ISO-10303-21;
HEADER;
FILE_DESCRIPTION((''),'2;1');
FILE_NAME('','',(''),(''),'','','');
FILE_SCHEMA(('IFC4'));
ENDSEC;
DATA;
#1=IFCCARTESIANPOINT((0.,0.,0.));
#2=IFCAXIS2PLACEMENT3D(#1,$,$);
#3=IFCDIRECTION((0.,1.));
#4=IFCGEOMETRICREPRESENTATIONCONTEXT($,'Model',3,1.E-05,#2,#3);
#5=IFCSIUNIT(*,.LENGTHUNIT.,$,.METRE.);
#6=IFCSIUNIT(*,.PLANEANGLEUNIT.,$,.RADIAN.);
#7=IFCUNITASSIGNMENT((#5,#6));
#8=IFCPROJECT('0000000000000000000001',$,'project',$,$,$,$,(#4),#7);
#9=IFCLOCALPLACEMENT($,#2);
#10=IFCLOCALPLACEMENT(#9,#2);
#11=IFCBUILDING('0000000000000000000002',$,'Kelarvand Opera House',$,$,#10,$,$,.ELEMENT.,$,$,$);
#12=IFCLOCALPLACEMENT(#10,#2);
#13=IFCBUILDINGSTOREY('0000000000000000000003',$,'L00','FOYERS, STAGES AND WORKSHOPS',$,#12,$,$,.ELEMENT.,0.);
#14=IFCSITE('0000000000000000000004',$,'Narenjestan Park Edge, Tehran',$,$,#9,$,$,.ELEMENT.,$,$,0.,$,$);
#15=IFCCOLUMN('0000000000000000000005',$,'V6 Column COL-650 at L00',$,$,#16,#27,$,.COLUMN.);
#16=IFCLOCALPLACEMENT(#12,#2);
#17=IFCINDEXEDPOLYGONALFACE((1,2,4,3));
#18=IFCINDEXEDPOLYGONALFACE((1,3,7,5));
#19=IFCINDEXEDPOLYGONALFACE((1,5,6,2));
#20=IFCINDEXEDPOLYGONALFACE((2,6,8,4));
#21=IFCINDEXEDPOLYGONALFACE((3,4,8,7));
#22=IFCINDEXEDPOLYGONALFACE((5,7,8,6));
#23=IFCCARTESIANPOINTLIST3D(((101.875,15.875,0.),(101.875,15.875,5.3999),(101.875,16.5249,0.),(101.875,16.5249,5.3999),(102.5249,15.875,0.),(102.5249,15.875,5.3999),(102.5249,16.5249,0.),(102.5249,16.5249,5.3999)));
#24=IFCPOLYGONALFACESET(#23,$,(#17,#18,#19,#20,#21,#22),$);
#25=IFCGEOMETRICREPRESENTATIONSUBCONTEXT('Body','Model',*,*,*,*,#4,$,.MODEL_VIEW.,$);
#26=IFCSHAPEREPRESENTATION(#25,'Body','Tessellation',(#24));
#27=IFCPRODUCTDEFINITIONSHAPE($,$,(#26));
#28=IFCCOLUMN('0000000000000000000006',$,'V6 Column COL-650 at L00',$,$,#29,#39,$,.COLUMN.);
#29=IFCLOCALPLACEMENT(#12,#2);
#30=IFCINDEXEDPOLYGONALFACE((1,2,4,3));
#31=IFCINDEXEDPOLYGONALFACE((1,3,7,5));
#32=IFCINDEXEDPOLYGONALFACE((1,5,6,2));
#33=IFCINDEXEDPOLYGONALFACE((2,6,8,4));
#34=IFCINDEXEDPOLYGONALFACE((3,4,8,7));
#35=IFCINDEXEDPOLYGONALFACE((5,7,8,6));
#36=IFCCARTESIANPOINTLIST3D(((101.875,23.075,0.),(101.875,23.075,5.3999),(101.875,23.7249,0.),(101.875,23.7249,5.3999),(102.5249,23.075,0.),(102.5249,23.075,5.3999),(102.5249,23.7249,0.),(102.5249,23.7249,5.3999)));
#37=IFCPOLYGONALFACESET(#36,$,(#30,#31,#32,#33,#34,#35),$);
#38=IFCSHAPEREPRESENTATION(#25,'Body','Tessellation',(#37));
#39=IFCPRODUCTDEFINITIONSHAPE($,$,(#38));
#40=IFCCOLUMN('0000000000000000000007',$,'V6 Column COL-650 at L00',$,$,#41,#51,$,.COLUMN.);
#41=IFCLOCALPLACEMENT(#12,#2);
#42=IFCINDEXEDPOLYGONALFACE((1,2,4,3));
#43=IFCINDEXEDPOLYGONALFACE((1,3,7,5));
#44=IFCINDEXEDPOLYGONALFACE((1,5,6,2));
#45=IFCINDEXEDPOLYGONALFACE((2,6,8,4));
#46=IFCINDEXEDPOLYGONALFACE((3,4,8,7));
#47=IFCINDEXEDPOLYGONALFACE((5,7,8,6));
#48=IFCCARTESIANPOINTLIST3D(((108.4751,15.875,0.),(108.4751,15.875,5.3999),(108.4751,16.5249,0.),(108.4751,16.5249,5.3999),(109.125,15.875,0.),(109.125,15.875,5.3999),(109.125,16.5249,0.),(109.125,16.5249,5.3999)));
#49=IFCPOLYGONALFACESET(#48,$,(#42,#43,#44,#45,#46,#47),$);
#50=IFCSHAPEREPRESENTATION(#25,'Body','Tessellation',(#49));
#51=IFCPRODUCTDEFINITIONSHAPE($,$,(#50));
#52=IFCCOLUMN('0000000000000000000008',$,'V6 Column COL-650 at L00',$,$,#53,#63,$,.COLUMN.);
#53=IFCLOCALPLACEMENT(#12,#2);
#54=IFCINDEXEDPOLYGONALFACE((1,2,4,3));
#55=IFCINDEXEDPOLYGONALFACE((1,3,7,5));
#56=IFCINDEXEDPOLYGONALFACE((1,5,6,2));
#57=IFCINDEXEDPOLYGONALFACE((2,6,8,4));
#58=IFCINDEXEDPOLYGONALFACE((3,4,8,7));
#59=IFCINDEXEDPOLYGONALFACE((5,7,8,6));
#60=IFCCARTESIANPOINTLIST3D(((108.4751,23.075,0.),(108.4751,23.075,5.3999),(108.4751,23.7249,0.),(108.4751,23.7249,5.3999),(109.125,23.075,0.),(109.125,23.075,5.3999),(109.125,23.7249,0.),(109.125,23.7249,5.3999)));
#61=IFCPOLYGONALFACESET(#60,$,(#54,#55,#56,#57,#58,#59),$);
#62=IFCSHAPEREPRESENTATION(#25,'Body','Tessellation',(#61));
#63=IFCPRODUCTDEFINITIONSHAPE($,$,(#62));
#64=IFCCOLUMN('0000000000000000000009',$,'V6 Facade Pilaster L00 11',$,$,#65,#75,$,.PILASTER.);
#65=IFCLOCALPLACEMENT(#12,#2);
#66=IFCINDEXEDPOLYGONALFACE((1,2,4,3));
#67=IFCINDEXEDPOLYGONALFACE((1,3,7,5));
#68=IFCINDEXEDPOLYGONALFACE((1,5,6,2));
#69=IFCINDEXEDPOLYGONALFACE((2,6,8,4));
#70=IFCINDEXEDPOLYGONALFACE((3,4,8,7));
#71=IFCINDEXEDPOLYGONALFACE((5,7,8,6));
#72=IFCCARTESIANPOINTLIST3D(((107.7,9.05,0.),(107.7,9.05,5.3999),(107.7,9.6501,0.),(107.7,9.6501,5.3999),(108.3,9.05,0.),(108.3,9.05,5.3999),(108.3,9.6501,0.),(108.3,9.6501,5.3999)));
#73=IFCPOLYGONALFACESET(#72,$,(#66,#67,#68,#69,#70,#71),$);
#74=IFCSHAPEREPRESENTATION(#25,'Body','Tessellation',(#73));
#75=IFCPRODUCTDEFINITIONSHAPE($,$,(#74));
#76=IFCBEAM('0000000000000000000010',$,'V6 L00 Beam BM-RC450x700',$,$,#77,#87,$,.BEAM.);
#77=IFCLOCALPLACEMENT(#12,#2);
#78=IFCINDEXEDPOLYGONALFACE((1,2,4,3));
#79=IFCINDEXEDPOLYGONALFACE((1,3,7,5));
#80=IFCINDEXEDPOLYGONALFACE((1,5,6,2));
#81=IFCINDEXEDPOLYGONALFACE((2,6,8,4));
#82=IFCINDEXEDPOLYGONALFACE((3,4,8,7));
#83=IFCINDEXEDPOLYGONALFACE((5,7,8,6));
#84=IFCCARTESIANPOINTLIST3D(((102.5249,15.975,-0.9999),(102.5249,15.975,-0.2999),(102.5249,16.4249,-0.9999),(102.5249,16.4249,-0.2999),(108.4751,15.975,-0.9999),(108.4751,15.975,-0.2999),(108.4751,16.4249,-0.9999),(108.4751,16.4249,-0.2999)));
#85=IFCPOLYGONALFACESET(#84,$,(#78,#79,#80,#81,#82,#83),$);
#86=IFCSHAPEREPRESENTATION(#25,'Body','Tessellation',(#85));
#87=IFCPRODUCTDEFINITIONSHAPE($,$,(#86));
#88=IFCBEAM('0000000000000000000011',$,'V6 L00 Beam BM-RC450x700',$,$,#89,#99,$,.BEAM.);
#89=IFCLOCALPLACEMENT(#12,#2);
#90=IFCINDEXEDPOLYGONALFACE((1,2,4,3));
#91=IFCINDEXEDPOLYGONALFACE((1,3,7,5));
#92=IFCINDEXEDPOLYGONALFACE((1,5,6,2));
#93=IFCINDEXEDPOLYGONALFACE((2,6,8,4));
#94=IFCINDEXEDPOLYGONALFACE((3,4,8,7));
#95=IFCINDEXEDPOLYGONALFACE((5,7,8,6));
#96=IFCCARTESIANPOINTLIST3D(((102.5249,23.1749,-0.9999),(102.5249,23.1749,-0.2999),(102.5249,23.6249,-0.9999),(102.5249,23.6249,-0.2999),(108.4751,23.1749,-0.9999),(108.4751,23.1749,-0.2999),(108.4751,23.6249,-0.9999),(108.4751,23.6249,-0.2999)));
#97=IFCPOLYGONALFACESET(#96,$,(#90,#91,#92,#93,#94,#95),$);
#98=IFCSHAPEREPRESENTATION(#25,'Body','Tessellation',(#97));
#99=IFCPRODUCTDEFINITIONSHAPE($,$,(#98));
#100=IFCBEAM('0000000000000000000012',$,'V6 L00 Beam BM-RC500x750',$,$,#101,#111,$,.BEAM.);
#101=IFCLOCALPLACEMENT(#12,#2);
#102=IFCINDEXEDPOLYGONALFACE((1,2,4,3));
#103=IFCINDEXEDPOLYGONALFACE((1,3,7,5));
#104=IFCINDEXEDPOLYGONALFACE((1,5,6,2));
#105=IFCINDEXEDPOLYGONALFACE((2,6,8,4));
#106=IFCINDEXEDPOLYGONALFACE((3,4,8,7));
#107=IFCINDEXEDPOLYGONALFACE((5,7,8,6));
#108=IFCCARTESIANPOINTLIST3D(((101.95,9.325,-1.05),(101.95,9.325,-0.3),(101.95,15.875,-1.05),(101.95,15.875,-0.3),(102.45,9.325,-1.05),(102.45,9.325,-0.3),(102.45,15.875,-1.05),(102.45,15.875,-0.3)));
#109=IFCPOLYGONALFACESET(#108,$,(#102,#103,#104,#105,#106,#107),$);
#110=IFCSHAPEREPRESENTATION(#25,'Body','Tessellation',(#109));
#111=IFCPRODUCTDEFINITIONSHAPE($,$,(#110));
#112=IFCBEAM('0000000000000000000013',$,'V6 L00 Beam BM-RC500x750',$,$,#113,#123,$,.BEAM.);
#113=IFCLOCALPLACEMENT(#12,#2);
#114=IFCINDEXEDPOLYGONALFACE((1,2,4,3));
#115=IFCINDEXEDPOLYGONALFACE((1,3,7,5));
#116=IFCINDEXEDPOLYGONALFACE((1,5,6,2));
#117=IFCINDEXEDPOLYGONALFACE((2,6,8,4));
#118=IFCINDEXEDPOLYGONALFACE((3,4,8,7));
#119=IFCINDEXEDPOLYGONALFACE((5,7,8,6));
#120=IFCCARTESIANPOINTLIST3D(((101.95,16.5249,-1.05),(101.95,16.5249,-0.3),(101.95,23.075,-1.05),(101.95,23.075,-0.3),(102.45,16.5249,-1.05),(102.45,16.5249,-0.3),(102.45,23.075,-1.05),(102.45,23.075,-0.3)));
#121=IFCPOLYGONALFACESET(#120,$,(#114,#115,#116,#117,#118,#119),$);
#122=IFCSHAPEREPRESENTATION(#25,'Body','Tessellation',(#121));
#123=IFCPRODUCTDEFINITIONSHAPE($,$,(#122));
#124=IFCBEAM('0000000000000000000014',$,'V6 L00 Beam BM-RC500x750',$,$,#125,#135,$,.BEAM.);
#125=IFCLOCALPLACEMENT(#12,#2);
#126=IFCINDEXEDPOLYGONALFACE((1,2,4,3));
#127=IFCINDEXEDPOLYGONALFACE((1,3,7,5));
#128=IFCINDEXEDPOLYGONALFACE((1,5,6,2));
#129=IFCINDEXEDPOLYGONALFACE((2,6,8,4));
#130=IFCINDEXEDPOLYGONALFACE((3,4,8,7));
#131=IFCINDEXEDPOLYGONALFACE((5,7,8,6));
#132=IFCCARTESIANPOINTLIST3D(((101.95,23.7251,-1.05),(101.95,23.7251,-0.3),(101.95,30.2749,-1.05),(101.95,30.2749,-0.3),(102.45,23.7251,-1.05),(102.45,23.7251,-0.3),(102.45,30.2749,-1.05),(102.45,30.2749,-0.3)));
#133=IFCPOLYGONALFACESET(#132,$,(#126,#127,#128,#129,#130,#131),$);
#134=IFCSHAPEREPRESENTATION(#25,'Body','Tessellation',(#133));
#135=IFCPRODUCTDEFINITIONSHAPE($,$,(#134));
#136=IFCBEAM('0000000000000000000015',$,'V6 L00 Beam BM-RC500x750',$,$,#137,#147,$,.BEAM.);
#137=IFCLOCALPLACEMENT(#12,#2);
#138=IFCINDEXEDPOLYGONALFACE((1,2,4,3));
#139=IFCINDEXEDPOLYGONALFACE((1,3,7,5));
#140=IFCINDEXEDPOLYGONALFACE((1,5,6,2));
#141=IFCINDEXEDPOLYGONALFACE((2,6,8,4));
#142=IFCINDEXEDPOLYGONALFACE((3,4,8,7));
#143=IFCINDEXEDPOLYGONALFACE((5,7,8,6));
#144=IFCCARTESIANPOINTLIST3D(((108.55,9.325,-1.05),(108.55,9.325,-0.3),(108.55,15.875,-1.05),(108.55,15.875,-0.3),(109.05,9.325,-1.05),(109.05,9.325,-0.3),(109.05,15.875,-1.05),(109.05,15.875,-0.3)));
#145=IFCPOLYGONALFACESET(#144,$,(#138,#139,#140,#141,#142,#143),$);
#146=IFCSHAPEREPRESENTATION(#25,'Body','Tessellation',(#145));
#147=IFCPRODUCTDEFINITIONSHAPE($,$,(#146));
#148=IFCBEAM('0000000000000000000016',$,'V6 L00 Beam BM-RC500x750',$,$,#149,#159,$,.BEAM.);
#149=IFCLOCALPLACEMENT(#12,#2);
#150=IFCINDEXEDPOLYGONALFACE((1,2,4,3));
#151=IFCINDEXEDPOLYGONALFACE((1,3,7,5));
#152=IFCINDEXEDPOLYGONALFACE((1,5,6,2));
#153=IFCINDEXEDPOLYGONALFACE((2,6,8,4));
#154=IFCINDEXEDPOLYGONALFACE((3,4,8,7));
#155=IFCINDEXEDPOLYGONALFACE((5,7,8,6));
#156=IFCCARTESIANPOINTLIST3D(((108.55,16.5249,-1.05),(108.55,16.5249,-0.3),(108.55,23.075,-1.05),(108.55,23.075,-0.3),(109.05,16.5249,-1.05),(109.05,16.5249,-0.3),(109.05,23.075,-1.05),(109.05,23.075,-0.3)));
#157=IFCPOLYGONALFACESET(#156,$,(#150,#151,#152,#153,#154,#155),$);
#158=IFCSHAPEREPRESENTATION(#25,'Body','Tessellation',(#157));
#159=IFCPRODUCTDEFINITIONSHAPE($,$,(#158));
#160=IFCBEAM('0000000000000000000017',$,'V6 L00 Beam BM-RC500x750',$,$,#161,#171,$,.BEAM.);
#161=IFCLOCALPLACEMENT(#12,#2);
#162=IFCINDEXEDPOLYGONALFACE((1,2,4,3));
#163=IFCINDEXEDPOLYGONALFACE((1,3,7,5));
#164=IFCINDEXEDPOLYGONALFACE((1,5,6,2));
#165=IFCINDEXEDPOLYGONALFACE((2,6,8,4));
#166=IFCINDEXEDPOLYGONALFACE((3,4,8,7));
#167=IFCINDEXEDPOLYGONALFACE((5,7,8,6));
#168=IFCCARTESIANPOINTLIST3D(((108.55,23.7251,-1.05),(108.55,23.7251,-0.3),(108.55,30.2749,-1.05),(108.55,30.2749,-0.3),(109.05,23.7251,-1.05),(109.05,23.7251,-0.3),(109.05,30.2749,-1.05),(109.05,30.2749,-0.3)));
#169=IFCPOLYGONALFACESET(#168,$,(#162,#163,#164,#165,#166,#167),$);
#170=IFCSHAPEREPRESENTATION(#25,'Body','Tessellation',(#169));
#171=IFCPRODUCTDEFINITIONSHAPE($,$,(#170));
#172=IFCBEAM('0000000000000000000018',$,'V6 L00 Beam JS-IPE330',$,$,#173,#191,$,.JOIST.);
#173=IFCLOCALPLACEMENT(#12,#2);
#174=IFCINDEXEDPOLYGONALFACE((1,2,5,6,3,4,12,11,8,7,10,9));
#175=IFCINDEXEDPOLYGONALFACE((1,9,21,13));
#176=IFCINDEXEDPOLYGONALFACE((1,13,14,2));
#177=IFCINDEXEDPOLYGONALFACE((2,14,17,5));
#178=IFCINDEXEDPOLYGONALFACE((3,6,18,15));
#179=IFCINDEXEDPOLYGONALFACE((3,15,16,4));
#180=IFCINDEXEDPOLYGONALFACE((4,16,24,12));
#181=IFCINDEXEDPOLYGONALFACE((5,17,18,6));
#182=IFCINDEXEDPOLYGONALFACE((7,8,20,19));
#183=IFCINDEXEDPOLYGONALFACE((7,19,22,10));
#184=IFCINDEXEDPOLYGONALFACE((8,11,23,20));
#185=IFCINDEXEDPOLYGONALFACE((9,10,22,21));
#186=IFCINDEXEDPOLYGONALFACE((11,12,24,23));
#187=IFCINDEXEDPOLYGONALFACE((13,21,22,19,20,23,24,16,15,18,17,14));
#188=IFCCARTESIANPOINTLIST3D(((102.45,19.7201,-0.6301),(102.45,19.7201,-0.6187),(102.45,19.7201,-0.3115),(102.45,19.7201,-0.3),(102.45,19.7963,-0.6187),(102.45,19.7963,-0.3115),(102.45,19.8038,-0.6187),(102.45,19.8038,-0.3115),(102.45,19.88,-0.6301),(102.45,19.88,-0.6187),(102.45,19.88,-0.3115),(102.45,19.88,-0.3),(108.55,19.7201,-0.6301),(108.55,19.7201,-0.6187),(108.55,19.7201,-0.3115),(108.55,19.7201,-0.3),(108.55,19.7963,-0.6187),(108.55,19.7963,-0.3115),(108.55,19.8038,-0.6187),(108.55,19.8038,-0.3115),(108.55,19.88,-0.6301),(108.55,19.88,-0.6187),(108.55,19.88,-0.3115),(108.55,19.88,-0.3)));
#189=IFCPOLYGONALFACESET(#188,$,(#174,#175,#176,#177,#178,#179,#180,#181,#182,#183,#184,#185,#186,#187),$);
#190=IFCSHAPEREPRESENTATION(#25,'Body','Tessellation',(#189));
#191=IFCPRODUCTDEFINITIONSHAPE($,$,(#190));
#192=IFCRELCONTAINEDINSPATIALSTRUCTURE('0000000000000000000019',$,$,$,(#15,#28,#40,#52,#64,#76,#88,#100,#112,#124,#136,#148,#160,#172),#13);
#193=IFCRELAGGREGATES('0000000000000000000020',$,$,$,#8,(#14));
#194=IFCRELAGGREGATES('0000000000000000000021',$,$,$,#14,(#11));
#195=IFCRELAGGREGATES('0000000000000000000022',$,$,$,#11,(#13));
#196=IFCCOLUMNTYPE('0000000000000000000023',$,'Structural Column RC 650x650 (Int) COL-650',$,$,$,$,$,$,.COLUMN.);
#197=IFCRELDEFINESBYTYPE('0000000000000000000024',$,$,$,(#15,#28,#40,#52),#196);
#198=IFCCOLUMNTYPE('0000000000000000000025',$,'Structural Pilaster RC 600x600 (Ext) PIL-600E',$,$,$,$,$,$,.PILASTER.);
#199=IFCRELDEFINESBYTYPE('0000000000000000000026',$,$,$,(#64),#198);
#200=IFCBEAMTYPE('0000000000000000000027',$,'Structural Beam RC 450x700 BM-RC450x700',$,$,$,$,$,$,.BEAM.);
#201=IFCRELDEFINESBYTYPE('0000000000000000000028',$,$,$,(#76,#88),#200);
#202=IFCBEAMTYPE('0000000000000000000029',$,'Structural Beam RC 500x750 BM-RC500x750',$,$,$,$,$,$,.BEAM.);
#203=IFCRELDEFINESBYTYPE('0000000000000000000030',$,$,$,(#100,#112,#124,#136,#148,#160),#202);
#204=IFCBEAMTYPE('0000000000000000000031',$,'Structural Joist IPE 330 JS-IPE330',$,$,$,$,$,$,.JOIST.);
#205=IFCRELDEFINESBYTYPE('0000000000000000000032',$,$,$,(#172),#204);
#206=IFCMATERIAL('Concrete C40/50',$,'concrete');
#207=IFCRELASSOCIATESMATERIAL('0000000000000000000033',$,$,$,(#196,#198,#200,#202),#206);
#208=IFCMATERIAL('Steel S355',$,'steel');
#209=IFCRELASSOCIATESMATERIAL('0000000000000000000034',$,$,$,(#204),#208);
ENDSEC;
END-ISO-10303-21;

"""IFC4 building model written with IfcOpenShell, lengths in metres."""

from ifc_helpers import new_model, si_unit, direction, frame, origin, origin_2d, place, context, subcontext, project, spatial, rectangle, i_section, extrude, material, material_profile, profile_set, type_object, element, save


model = new_model("IFC4")

# Units and contexts
model_context = context("Model", 3, precision=1e-05, world=origin(), true_north=direction((0.0, 1.0)))
body_context = subcontext(model_context, "Body", "Model", "MODEL_VIEW")
ifc_project = project(units=[si_unit("LENGTHUNIT", "METRE"), si_unit("PLANEANGLEUNIT", "RADIAN")], contexts=[model_context])

# Site, building, storey
site_placement = place(None, origin())
site = spatial("IfcSite", under=ifc_project, at=site_placement, Name="Narenjestan Park Edge, Tehran", CompositionType="ELEMENT", RefElevation=0.0)
building_placement = place(site_placement, origin())
building = spatial("IfcBuilding", under=site, at=building_placement, Name="Kelarvand Opera House", CompositionType="ELEMENT")
storey_placement = place(building_placement, origin())
storey = spatial("IfcBuildingStorey", under=building, at=storey_placement, Name="L00", Description="FOYERS, STAGES AND WORKSHOPS", CompositionType="ELEMENT", Elevation=0.0)

# Columns
ifc_material_1 = material(Name="Concrete C40/50", Category="concrete")
ifc_material_profile_1 = material_profile(ifc_material_1, rectangle(XDim=0.6499, YDim=0.6499, at=origin_2d()), Name="RC 650x650", Category="concrete")
ifc_profile_set_1 = profile_set([ifc_material_profile_1], Name="Concrete C40/50")
column_type_1 = type_object("IfcColumnType", Name="Structural Column RC 650x650 (Int) COL-650", PredefinedType="COLUMN", material=ifc_profile_set_1)
for number, where, z_axis, x_axis, name in (
    (1, (102.2, 16.2, 0.0), (0.0, 0.0, 1.0), (1.0, 0.0, 0.0), "V6 Column COL-650 at L00"),
    (2, (102.2, 23.3999, 0.0), (0.0, 0.0, 1.0), (1.0, 0.0, 0.0), "V6 Column COL-650 at L00"),
    (3, (108.8, 16.2, 0.0), (0.0, 0.0, 1.0), (1.0, 0.0, 0.0), "V6 Column COL-650 at L00"),
    (4, (108.8, 23.3999, 0.0), (0.0, 0.0, 1.0), (1.0, 0.0, 0.0), "V6 Column COL-650 at L00"),
):
    element("IfcColumn", number, at=place(storey_placement, frame(where, z_axis=z_axis, x_axis=x_axis)), inside=storey, type_object=column_type_1, Name=name, PredefinedType="COLUMN", context=body_context, shape_type="SweptSolid", body=[
        extrude(rectangle(XDim=0.6499, YDim=0.6499, at=origin_2d()), origin(), (0.0, 0.0, 1.0), 5.3999),
    ])
ifc_material_profile_2 = material_profile(ifc_material_1, rectangle(XDim=0.6001, YDim=0.6001, at=origin_2d()), Name="RC 600x600", Category="concrete")
ifc_profile_set_2 = profile_set([ifc_material_profile_2], Name="Concrete C40/50")
column_type_2 = type_object("IfcColumnType", Name="Structural Pilaster RC 600x600 (Ext) PIL-600E", PredefinedType="PILASTER", material=ifc_profile_set_2)
column_placement = place(storey_placement, frame((108.0, 9.3501, 0.0), z_axis=(0.0, 0.0, 1.0), x_axis=(1.0, 0.0, 0.0)))
element("IfcColumn", 5, at=column_placement, inside=storey, type_object=column_type_2, Name="V6 Facade Pilaster L00 11", PredefinedType="PILASTER", context=body_context, shape_type="SweptSolid", body=[
    extrude(rectangle(XDim=0.6001, YDim=0.6001, at=origin_2d()), origin(), (0.0, 0.0, 1.0), 5.3999),
])

# Beams
ifc_material_profile_3 = material_profile(ifc_material_1, rectangle(XDim=0.45, YDim=0.7, at=origin_2d()), Name="RC 450x700", Category="concrete")
ifc_profile_set_3 = profile_set([ifc_material_profile_3], Name="Concrete C40/50")
beam_type_1 = type_object("IfcBeamType", Name="Structural Beam RC 450x700 BM-RC450x700", PredefinedType="BEAM", material=ifc_profile_set_3)
for number, where, z_axis, x_axis, name in (
    (6, (102.5249, 16.2, -0.6499), (1.0, 0.0, 0.0), (0.0, 1.0, 0.0), "V6 L00 Beam BM-RC450x700"),
    (7, (102.5249, 23.3999, -0.6499), (1.0, 0.0, 0.0), (0.0, 1.0, 0.0), "V6 L00 Beam BM-RC450x700"),
):
    element("IfcBeam", number, at=place(storey_placement, frame(where, z_axis=z_axis, x_axis=x_axis)), inside=storey, type_object=beam_type_1, Name=name, PredefinedType="BEAM", context=body_context, shape_type="SweptSolid", body=[
        extrude(rectangle(XDim=0.45, YDim=0.7, at=origin_2d()), origin(), (0.0, 0.0, 1.0), 5.9502),
    ])
ifc_material_profile_4 = material_profile(ifc_material_1, rectangle(XDim=0.5, YDim=0.75, at=origin_2d()), Name="RC 500x750", Category="concrete")
ifc_profile_set_4 = profile_set([ifc_material_profile_4], Name="Concrete C40/50")
beam_type_2 = type_object("IfcBeamType", Name="Structural Beam RC 500x750 BM-RC500x750", PredefinedType="BEAM", material=ifc_profile_set_4)
for number, where, z_axis, x_axis, name in (
    (8, (102.2, 9.325, -0.675), (0.0, 1.0, 0.0), (-1.0, 0.0, 0.0), "V6 L00 Beam BM-RC500x750"),
    (9, (102.2, 16.5249, -0.675), (0.0, 1.0, 0.0), (-1.0, 0.0, 0.0), "V6 L00 Beam BM-RC500x750"),
):
    element("IfcBeam", number, at=place(storey_placement, frame(where, z_axis=z_axis, x_axis=x_axis)), inside=storey, type_object=beam_type_2, Name=name, PredefinedType="BEAM", context=body_context, shape_type="SweptSolid", body=[
        extrude(rectangle(XDim=0.5, YDim=0.75, at=origin_2d()), origin(), (0.0, 0.0, 1.0), 6.55),
    ])
beam_1_placement = place(storey_placement, frame((102.2, 23.7251, -0.675), z_axis=(0.0, 1.0, 0.0), x_axis=(-1.0, 0.0, 0.0)))
element("IfcBeam", 10, at=beam_1_placement, inside=storey, type_object=beam_type_2, Name="V6 L00 Beam BM-RC500x750", PredefinedType="BEAM", context=body_context, shape_type="SweptSolid", body=[
    extrude(rectangle(XDim=0.5, YDim=0.75, at=origin_2d()), origin(), (0.0, 0.0, 1.0), 6.5498),
])
for number, where, z_axis, x_axis, name in (
    (11, (108.8, 9.325, -0.675), (0.0, 1.0, 0.0), (-1.0, 0.0, 0.0), "V6 L00 Beam BM-RC500x750"),
    (12, (108.8, 16.5249, -0.675), (0.0, 1.0, 0.0), (-1.0, 0.0, 0.0), "V6 L00 Beam BM-RC500x750"),
):
    element("IfcBeam", number, at=place(storey_placement, frame(where, z_axis=z_axis, x_axis=x_axis)), inside=storey, type_object=beam_type_2, Name=name, PredefinedType="BEAM", context=body_context, shape_type="SweptSolid", body=[
        extrude(rectangle(XDim=0.5, YDim=0.75, at=origin_2d()), origin(), (0.0, 0.0, 1.0), 6.55),
    ])
beam_2_placement = place(storey_placement, frame((108.8, 23.7251, -0.675), z_axis=(0.0, 1.0, 0.0), x_axis=(-1.0, 0.0, 0.0)))
element("IfcBeam", 13, at=beam_2_placement, inside=storey, type_object=beam_type_2, Name="V6 L00 Beam BM-RC500x750", PredefinedType="BEAM", context=body_context, shape_type="SweptSolid", body=[
    extrude(rectangle(XDim=0.5, YDim=0.75, at=origin_2d()), origin(), (0.0, 0.0, 1.0), 6.5498),
])
ifc_material_2 = material(Name="Steel S355", Category="steel")
ifc_material_profile_5 = material_profile(ifc_material_2, i_section(OverallWidth=0.1599, OverallDepth=0.3301, WebThickness=0.0076, FlangeThickness=0.0115, at=origin_2d()), Name="IPE 330", Category="steel")
ifc_profile_set_5 = profile_set([ifc_material_profile_5], Name="Steel S355")
beam_type_3 = type_object("IfcBeamType", Name="Structural Joist IPE 330 JS-IPE330", PredefinedType="JOIST", material=ifc_profile_set_5)
beam_3_placement = place(storey_placement, frame((102.45, 19.8, -0.4651), z_axis=(1.0, 0.0, 0.0), x_axis=(0.0, 1.0, 0.0)))
element("IfcBeam", 14, at=beam_3_placement, inside=storey, type_object=beam_type_3, Name="V6 L00 Beam JS-IPE330", PredefinedType="JOIST", context=body_context, shape_type="SweptSolid", body=[
    extrude(i_section(OverallWidth=0.1599, OverallDepth=0.3301, WebThickness=0.0076, FlangeThickness=0.0115, at=origin_2d()), origin(), (0.0, 0.0, 1.0), 6.1001),
])

save(model, "model.ifc")
